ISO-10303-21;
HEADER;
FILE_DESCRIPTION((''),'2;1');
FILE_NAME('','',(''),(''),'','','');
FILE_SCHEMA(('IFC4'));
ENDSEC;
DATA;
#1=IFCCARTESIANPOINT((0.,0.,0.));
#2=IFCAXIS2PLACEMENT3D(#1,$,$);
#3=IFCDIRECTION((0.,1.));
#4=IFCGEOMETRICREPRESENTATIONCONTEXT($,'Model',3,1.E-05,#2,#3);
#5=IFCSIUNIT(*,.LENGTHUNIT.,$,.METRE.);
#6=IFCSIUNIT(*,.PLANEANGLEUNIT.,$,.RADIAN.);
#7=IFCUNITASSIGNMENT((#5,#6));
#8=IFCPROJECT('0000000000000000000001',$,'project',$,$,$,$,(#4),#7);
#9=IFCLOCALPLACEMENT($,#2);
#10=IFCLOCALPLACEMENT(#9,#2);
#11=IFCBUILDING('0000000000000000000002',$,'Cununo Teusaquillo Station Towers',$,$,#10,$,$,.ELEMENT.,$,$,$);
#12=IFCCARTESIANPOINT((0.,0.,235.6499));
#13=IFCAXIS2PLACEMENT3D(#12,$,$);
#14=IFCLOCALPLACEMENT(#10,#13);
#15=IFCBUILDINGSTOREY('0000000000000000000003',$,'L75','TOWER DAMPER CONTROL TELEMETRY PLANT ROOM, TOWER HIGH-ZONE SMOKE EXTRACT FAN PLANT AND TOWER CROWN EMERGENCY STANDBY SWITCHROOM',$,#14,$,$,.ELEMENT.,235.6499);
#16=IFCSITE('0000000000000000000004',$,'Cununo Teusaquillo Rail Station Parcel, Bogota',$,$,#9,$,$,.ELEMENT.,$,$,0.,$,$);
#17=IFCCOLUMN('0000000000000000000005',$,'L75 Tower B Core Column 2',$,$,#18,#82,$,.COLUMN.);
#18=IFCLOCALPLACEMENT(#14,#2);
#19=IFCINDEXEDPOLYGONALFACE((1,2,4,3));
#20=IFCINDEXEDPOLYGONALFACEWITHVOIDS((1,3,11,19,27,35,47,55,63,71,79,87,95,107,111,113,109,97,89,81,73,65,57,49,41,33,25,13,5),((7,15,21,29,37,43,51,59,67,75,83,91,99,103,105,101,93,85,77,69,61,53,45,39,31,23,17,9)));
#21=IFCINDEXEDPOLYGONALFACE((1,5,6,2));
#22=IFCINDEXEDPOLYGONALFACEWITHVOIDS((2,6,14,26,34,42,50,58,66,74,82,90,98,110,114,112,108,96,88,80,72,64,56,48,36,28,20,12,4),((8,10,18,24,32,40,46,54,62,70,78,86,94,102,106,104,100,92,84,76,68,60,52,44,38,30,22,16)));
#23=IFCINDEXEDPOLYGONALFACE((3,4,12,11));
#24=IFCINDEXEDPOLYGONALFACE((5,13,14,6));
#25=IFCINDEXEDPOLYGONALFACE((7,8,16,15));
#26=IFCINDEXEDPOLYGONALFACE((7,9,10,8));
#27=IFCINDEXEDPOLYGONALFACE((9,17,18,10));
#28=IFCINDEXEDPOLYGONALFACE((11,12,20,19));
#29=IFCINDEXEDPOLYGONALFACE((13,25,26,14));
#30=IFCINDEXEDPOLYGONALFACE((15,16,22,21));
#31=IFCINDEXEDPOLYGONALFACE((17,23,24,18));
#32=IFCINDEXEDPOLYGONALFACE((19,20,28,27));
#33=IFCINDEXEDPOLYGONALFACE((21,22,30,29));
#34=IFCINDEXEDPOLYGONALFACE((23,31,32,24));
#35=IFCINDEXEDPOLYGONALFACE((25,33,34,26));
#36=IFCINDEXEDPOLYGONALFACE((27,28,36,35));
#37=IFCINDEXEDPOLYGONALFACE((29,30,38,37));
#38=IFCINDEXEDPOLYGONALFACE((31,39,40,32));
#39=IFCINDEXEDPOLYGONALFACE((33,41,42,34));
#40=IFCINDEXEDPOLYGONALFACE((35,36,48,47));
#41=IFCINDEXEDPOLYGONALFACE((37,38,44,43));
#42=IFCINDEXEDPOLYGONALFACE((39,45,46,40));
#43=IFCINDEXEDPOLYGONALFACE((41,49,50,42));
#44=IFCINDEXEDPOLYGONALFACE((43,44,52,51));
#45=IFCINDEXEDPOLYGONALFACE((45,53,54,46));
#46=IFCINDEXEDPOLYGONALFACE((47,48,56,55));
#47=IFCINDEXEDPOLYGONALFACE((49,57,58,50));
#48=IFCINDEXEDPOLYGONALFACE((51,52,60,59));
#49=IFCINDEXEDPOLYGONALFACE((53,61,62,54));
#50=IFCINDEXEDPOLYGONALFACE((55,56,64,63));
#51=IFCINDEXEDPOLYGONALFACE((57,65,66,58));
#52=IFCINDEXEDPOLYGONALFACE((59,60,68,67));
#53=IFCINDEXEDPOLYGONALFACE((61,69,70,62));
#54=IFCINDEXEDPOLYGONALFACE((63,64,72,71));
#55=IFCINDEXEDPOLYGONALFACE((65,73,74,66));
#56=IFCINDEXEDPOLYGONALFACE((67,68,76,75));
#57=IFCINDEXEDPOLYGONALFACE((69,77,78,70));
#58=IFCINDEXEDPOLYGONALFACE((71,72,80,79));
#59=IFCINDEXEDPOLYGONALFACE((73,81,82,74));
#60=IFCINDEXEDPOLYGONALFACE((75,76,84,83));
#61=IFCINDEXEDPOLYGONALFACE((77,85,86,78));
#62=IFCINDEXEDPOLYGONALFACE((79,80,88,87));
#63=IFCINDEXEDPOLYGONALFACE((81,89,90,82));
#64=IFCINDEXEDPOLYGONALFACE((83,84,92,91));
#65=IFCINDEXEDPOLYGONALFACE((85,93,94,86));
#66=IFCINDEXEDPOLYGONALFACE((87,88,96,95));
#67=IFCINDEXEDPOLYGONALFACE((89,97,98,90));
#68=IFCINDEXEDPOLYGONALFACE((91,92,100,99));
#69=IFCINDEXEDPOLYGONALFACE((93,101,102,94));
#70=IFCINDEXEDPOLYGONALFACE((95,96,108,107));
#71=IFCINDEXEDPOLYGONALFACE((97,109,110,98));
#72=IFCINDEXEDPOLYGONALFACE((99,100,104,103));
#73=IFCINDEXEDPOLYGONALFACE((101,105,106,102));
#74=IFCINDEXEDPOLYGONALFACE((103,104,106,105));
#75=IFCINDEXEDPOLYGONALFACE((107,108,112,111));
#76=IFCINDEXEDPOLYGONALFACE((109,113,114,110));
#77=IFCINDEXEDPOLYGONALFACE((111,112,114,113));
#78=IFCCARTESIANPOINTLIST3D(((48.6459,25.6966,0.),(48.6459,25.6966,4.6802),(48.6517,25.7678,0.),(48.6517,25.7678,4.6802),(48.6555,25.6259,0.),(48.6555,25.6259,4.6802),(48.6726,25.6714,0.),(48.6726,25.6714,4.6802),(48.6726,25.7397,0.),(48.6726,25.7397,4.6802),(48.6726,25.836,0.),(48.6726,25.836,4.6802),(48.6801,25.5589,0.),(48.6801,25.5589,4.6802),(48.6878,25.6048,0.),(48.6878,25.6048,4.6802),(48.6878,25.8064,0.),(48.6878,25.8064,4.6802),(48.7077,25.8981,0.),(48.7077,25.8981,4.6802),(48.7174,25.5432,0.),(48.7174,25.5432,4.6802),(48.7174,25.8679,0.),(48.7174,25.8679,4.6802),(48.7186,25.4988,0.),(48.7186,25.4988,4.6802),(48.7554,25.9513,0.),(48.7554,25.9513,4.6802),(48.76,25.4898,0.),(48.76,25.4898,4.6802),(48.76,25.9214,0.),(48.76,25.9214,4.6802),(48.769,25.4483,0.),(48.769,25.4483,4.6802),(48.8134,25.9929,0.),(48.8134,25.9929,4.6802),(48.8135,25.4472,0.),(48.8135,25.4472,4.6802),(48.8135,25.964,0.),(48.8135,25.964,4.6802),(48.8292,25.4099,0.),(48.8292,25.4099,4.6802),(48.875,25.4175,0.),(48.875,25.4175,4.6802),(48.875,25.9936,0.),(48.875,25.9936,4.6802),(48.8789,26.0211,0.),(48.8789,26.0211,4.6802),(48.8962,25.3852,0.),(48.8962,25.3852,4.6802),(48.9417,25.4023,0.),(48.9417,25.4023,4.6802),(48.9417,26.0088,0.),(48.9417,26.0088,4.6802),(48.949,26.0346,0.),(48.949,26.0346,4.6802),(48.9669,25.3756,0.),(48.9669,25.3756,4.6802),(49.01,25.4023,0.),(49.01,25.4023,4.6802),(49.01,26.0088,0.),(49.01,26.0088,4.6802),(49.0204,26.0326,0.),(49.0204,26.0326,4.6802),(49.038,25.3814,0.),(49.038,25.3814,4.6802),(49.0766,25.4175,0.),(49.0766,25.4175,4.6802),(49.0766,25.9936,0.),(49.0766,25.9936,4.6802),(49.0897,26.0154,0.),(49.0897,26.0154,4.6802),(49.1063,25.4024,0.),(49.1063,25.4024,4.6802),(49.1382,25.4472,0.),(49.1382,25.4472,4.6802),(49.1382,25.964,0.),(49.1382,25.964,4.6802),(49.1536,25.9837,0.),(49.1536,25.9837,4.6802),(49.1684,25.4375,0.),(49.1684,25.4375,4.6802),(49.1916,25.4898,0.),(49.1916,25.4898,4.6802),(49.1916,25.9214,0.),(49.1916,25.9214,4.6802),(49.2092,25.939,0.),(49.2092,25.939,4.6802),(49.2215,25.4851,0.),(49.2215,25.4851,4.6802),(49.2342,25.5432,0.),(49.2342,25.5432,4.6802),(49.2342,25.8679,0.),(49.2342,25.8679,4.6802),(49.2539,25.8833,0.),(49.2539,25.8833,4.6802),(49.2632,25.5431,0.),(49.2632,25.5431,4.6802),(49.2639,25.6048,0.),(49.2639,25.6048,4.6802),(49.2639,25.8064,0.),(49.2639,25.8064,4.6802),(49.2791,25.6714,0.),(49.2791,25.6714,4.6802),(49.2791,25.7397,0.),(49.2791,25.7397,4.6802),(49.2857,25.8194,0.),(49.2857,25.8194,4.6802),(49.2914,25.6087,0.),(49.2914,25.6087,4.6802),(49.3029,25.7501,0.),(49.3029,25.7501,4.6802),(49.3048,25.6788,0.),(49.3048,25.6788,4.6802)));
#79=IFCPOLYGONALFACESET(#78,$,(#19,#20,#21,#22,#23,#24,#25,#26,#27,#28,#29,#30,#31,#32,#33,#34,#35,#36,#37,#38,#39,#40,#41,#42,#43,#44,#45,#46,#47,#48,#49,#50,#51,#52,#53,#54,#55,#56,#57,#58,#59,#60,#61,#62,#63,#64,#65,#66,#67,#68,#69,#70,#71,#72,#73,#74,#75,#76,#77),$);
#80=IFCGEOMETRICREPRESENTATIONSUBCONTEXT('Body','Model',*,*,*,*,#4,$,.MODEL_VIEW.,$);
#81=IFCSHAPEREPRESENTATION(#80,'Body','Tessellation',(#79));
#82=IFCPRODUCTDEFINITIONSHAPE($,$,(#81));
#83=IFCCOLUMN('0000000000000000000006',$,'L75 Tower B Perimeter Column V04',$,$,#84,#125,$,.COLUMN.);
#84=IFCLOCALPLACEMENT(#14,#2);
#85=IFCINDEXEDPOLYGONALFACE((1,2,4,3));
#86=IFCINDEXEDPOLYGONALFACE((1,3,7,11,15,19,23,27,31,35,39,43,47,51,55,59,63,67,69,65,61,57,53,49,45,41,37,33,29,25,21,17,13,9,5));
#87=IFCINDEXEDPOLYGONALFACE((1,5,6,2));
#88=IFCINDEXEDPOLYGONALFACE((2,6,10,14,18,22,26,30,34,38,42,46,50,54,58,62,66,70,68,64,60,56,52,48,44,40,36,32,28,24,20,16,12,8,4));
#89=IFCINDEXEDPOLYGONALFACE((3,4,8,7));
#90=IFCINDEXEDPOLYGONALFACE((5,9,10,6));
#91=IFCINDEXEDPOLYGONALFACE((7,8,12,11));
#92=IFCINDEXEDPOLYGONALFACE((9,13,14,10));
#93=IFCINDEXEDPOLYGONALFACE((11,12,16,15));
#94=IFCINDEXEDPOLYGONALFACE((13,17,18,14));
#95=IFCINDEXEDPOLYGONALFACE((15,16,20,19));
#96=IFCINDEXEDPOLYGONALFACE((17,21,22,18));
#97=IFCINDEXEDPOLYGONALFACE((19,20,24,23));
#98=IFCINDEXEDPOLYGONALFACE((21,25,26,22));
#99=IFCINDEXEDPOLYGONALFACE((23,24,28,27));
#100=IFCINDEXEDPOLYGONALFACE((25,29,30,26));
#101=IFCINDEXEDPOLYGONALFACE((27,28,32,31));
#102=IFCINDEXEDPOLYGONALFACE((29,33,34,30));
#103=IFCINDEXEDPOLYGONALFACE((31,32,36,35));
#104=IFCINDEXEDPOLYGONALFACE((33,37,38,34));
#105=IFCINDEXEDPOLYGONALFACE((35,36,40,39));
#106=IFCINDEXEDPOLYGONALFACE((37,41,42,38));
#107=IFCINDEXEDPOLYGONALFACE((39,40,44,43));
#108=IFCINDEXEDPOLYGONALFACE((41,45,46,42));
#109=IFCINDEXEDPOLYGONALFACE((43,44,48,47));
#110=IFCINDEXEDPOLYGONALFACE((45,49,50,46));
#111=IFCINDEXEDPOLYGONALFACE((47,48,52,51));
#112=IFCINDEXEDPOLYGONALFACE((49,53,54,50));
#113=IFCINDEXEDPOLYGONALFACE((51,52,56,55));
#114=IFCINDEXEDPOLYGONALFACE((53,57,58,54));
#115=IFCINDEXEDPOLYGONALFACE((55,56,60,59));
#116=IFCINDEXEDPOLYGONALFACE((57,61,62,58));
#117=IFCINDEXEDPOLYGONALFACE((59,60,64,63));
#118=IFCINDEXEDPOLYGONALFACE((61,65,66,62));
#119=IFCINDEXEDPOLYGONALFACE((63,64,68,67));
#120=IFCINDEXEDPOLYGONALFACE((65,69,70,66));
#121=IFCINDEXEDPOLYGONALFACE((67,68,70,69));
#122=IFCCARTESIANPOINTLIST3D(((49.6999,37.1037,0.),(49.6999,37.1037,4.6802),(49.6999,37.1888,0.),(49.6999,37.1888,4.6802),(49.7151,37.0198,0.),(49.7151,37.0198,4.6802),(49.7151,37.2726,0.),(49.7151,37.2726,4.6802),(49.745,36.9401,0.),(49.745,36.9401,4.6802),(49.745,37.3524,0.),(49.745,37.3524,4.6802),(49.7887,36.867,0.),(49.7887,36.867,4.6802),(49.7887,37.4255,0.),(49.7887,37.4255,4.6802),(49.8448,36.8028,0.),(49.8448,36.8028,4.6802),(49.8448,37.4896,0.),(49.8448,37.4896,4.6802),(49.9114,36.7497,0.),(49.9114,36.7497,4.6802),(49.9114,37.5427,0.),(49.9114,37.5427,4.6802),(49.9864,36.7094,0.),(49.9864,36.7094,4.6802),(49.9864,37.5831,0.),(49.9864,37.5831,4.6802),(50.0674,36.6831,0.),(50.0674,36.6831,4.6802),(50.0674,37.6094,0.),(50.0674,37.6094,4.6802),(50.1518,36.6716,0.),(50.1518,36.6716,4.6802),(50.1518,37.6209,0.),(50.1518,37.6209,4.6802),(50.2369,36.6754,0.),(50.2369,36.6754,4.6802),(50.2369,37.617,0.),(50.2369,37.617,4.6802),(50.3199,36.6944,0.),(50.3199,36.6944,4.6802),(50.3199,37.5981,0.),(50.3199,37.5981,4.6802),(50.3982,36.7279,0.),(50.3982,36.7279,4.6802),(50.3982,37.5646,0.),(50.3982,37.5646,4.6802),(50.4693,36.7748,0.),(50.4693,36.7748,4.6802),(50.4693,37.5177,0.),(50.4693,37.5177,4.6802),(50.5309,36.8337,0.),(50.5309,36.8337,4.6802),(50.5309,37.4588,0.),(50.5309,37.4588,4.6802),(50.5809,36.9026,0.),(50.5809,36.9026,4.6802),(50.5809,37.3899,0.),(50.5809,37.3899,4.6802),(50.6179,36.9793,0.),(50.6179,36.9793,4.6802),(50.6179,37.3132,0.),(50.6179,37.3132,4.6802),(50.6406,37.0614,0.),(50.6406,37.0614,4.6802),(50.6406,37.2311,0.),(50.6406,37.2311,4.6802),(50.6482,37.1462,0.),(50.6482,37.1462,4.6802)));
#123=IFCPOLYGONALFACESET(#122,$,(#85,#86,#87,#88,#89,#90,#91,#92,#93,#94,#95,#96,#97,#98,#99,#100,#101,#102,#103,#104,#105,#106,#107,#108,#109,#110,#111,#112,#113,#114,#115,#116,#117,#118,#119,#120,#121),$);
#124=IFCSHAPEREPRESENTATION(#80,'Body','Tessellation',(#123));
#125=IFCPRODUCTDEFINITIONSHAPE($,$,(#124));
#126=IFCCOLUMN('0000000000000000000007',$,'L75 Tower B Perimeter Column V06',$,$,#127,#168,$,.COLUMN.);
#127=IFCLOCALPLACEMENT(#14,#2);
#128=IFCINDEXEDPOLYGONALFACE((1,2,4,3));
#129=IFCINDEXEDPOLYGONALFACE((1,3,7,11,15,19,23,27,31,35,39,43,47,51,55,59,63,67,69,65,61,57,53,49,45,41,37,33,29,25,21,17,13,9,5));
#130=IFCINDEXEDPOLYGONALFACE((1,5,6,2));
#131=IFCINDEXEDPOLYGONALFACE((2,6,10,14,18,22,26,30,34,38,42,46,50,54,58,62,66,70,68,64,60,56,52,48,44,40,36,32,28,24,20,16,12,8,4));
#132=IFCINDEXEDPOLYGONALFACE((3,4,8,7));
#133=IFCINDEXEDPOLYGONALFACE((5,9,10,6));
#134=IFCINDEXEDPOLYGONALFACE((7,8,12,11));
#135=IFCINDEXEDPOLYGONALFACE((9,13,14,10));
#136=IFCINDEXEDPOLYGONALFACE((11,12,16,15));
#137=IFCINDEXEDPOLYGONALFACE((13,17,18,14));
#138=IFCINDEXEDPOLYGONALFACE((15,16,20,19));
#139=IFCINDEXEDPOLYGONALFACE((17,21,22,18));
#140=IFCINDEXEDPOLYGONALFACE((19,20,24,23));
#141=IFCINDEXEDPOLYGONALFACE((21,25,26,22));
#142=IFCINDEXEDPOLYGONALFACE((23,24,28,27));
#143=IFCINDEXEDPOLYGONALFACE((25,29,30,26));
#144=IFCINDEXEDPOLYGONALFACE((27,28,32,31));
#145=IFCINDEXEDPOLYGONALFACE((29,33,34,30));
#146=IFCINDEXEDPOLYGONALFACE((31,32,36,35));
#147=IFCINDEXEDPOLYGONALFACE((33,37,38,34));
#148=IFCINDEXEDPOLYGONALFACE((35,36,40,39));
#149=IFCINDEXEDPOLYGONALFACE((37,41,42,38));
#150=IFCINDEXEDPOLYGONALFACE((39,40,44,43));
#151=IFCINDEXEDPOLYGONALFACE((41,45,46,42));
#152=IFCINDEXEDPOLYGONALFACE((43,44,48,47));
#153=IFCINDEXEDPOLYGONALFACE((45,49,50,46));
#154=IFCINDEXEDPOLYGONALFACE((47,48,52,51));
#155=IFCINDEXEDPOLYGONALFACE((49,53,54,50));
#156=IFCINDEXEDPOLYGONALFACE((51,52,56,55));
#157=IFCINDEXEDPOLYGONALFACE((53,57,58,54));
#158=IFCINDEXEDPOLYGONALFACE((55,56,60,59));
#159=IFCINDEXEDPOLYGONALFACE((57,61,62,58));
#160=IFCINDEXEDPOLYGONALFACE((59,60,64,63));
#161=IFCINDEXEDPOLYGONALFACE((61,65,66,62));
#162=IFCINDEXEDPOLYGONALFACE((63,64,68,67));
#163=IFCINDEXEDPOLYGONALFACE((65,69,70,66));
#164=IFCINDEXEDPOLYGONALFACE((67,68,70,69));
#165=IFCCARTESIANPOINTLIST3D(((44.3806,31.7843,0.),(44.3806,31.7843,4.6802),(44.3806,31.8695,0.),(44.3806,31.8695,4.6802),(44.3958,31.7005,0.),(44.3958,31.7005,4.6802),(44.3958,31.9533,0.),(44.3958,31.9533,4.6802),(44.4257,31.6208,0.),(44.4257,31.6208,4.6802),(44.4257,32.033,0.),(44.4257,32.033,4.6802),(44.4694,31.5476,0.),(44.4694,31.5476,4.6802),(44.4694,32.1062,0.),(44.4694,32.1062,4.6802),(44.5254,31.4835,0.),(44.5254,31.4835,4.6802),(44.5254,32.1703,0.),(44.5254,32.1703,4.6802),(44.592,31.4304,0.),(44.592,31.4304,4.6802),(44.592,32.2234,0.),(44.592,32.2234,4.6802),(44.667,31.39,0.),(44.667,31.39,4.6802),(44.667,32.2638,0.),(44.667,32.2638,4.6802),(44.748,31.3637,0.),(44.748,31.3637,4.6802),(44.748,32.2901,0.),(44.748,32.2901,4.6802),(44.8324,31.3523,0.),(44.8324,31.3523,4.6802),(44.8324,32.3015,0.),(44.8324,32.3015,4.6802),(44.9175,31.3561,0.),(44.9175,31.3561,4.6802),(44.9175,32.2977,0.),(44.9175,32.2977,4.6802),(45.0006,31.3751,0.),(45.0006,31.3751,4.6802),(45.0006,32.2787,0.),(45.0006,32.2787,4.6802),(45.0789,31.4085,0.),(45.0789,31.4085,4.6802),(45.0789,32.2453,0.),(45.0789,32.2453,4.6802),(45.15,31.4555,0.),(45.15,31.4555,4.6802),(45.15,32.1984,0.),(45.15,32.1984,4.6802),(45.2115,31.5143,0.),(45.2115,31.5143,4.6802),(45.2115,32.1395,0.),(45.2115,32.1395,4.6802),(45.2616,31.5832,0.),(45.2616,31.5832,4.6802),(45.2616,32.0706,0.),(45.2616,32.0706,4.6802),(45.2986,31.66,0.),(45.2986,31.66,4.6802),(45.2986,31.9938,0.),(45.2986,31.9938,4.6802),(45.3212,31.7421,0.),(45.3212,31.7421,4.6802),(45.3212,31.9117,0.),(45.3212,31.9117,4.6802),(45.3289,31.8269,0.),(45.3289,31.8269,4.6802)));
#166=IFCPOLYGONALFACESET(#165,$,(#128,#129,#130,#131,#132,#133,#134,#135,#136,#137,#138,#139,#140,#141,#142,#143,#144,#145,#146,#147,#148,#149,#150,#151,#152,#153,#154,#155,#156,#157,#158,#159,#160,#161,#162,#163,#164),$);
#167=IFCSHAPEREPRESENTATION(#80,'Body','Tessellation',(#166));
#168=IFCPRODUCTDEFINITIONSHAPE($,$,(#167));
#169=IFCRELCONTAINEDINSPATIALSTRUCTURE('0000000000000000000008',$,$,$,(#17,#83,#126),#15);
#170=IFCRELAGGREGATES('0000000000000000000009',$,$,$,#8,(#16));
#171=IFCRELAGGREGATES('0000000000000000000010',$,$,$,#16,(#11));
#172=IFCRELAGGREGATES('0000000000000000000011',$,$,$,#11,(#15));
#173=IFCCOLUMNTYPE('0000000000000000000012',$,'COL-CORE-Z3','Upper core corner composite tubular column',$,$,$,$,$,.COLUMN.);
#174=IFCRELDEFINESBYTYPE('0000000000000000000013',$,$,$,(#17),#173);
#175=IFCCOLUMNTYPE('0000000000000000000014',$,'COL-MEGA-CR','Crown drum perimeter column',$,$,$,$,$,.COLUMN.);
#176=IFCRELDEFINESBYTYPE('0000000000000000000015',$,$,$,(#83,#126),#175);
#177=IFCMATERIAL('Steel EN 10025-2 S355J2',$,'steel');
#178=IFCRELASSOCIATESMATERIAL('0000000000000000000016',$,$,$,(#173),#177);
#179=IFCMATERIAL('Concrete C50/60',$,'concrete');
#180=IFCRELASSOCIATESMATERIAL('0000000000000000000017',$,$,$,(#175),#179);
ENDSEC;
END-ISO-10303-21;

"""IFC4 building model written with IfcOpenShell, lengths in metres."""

from ifc_helpers import new_model, si_unit, direction, frame, origin, origin_2d, place, context, subcontext, project, spatial, circle, hollow_circle, extrude, material, material_profile, profile_set, type_object, element, save


model = new_model("IFC4")

# Units and contexts
model_context = context("Model", 3, precision=1e-05, world=origin(), true_north=direction((0.0, 1.0)))
body_context = subcontext(model_context, "Body", "Model", "MODEL_VIEW")
ifc_project = project(units=[si_unit("LENGTHUNIT", "METRE"), si_unit("PLANEANGLEUNIT", "RADIAN")], contexts=[model_context])

# Site, building, storey
site_placement = place(None, origin())
site = spatial("IfcSite", under=ifc_project, at=site_placement, Name="Cununo Teusaquillo Rail Station Parcel, Bogota", CompositionType="ELEMENT", RefElevation=0.0)
building_placement = place(site_placement, origin())
building = spatial("IfcBuilding", under=site, at=building_placement, Name="Cununo Teusaquillo Station Towers", CompositionType="ELEMENT")
storey_placement = place(building_placement, frame((0.0, 0.0, 235.6499)))
storey = spatial("IfcBuildingStorey", under=building, at=storey_placement, Name="L75", Description="TOWER DAMPER CONTROL TELEMETRY PLANT ROOM, TOWER HIGH-ZONE SMOKE EXTRACT FAN PLANT AND TOWER CROWN EMERGENCY STANDBY SWITCHROOM", CompositionType="ELEMENT", Elevation=235.6499)

# Columns
ifc_material_1 = material(Name="Steel EN 10025-2 S355J2", Category="steel")
ifc_material_profile_1 = material_profile(ifc_material_1, hollow_circle(Radius=0.3301, WallThickness=0.0249, at=origin_2d()), Name="CHS 660x25")
ifc_profile_set_1 = profile_set([ifc_material_profile_1], Name="Steel EN 10025-2 S355J2")
column_type_1 = type_object("IfcColumnType", Name="COL-CORE-Z3", Description="Upper core corner composite tubular column", PredefinedType="COLUMN", material=ifc_profile_set_1)
column_placement = place(storey_placement, frame((48.9758, 25.7056, 0.0), z_axis=(0.0, 0.0, 1.0), x_axis=(0.707107, 0.707107, 0.0)))
element("IfcColumn", 1, at=column_placement, inside=storey, type_object=column_type_1, Name="L75 Tower B Core Column 2", PredefinedType="COLUMN", context=body_context, shape_type="SweptSolid", body=[
    extrude(hollow_circle(Radius=0.3301, WallThickness=0.0249, at=origin_2d()), origin(), (0.0, 0.0, 1.0), 4.6802),
])
ifc_material_2 = material(Name="Concrete C50/60", Category="concrete")
ifc_material_profile_2 = material_profile(ifc_material_2, circle(Radius=0.4751, at=origin_2d()), Name="RC-CIRC-950")
ifc_profile_set_2 = profile_set([ifc_material_profile_2], Name="Concrete C50/60")
column_type_2 = type_object("IfcColumnType", Name="COL-MEGA-CR", Description="Crown drum perimeter column", PredefinedType="COLUMN", material=ifc_profile_set_2)
for number, where, z_axis, x_axis, name in (
    (2, (50.1731, 37.1462, 0.0), (0.0, 0.0, 1.0), (1.0, 0.0, 0.0), "L75 Tower B Perimeter Column V04"),
    (3, (44.8538, 31.8269, 0.0), (0.0, 0.0, 1.0), (1.0, 0.0, 0.0), "L75 Tower B Perimeter Column V06"),
):
    element("IfcColumn", number, at=place(storey_placement, frame(where, z_axis=z_axis, x_axis=x_axis)), inside=storey, type_object=column_type_2, Name=name, PredefinedType="COLUMN", context=body_context, shape_type="SweptSolid", body=[
        extrude(circle(Radius=0.4751, at=origin_2d()), origin(), (0.0, 0.0, 1.0), 4.6802),
    ])

save(model, "model.ifc")
